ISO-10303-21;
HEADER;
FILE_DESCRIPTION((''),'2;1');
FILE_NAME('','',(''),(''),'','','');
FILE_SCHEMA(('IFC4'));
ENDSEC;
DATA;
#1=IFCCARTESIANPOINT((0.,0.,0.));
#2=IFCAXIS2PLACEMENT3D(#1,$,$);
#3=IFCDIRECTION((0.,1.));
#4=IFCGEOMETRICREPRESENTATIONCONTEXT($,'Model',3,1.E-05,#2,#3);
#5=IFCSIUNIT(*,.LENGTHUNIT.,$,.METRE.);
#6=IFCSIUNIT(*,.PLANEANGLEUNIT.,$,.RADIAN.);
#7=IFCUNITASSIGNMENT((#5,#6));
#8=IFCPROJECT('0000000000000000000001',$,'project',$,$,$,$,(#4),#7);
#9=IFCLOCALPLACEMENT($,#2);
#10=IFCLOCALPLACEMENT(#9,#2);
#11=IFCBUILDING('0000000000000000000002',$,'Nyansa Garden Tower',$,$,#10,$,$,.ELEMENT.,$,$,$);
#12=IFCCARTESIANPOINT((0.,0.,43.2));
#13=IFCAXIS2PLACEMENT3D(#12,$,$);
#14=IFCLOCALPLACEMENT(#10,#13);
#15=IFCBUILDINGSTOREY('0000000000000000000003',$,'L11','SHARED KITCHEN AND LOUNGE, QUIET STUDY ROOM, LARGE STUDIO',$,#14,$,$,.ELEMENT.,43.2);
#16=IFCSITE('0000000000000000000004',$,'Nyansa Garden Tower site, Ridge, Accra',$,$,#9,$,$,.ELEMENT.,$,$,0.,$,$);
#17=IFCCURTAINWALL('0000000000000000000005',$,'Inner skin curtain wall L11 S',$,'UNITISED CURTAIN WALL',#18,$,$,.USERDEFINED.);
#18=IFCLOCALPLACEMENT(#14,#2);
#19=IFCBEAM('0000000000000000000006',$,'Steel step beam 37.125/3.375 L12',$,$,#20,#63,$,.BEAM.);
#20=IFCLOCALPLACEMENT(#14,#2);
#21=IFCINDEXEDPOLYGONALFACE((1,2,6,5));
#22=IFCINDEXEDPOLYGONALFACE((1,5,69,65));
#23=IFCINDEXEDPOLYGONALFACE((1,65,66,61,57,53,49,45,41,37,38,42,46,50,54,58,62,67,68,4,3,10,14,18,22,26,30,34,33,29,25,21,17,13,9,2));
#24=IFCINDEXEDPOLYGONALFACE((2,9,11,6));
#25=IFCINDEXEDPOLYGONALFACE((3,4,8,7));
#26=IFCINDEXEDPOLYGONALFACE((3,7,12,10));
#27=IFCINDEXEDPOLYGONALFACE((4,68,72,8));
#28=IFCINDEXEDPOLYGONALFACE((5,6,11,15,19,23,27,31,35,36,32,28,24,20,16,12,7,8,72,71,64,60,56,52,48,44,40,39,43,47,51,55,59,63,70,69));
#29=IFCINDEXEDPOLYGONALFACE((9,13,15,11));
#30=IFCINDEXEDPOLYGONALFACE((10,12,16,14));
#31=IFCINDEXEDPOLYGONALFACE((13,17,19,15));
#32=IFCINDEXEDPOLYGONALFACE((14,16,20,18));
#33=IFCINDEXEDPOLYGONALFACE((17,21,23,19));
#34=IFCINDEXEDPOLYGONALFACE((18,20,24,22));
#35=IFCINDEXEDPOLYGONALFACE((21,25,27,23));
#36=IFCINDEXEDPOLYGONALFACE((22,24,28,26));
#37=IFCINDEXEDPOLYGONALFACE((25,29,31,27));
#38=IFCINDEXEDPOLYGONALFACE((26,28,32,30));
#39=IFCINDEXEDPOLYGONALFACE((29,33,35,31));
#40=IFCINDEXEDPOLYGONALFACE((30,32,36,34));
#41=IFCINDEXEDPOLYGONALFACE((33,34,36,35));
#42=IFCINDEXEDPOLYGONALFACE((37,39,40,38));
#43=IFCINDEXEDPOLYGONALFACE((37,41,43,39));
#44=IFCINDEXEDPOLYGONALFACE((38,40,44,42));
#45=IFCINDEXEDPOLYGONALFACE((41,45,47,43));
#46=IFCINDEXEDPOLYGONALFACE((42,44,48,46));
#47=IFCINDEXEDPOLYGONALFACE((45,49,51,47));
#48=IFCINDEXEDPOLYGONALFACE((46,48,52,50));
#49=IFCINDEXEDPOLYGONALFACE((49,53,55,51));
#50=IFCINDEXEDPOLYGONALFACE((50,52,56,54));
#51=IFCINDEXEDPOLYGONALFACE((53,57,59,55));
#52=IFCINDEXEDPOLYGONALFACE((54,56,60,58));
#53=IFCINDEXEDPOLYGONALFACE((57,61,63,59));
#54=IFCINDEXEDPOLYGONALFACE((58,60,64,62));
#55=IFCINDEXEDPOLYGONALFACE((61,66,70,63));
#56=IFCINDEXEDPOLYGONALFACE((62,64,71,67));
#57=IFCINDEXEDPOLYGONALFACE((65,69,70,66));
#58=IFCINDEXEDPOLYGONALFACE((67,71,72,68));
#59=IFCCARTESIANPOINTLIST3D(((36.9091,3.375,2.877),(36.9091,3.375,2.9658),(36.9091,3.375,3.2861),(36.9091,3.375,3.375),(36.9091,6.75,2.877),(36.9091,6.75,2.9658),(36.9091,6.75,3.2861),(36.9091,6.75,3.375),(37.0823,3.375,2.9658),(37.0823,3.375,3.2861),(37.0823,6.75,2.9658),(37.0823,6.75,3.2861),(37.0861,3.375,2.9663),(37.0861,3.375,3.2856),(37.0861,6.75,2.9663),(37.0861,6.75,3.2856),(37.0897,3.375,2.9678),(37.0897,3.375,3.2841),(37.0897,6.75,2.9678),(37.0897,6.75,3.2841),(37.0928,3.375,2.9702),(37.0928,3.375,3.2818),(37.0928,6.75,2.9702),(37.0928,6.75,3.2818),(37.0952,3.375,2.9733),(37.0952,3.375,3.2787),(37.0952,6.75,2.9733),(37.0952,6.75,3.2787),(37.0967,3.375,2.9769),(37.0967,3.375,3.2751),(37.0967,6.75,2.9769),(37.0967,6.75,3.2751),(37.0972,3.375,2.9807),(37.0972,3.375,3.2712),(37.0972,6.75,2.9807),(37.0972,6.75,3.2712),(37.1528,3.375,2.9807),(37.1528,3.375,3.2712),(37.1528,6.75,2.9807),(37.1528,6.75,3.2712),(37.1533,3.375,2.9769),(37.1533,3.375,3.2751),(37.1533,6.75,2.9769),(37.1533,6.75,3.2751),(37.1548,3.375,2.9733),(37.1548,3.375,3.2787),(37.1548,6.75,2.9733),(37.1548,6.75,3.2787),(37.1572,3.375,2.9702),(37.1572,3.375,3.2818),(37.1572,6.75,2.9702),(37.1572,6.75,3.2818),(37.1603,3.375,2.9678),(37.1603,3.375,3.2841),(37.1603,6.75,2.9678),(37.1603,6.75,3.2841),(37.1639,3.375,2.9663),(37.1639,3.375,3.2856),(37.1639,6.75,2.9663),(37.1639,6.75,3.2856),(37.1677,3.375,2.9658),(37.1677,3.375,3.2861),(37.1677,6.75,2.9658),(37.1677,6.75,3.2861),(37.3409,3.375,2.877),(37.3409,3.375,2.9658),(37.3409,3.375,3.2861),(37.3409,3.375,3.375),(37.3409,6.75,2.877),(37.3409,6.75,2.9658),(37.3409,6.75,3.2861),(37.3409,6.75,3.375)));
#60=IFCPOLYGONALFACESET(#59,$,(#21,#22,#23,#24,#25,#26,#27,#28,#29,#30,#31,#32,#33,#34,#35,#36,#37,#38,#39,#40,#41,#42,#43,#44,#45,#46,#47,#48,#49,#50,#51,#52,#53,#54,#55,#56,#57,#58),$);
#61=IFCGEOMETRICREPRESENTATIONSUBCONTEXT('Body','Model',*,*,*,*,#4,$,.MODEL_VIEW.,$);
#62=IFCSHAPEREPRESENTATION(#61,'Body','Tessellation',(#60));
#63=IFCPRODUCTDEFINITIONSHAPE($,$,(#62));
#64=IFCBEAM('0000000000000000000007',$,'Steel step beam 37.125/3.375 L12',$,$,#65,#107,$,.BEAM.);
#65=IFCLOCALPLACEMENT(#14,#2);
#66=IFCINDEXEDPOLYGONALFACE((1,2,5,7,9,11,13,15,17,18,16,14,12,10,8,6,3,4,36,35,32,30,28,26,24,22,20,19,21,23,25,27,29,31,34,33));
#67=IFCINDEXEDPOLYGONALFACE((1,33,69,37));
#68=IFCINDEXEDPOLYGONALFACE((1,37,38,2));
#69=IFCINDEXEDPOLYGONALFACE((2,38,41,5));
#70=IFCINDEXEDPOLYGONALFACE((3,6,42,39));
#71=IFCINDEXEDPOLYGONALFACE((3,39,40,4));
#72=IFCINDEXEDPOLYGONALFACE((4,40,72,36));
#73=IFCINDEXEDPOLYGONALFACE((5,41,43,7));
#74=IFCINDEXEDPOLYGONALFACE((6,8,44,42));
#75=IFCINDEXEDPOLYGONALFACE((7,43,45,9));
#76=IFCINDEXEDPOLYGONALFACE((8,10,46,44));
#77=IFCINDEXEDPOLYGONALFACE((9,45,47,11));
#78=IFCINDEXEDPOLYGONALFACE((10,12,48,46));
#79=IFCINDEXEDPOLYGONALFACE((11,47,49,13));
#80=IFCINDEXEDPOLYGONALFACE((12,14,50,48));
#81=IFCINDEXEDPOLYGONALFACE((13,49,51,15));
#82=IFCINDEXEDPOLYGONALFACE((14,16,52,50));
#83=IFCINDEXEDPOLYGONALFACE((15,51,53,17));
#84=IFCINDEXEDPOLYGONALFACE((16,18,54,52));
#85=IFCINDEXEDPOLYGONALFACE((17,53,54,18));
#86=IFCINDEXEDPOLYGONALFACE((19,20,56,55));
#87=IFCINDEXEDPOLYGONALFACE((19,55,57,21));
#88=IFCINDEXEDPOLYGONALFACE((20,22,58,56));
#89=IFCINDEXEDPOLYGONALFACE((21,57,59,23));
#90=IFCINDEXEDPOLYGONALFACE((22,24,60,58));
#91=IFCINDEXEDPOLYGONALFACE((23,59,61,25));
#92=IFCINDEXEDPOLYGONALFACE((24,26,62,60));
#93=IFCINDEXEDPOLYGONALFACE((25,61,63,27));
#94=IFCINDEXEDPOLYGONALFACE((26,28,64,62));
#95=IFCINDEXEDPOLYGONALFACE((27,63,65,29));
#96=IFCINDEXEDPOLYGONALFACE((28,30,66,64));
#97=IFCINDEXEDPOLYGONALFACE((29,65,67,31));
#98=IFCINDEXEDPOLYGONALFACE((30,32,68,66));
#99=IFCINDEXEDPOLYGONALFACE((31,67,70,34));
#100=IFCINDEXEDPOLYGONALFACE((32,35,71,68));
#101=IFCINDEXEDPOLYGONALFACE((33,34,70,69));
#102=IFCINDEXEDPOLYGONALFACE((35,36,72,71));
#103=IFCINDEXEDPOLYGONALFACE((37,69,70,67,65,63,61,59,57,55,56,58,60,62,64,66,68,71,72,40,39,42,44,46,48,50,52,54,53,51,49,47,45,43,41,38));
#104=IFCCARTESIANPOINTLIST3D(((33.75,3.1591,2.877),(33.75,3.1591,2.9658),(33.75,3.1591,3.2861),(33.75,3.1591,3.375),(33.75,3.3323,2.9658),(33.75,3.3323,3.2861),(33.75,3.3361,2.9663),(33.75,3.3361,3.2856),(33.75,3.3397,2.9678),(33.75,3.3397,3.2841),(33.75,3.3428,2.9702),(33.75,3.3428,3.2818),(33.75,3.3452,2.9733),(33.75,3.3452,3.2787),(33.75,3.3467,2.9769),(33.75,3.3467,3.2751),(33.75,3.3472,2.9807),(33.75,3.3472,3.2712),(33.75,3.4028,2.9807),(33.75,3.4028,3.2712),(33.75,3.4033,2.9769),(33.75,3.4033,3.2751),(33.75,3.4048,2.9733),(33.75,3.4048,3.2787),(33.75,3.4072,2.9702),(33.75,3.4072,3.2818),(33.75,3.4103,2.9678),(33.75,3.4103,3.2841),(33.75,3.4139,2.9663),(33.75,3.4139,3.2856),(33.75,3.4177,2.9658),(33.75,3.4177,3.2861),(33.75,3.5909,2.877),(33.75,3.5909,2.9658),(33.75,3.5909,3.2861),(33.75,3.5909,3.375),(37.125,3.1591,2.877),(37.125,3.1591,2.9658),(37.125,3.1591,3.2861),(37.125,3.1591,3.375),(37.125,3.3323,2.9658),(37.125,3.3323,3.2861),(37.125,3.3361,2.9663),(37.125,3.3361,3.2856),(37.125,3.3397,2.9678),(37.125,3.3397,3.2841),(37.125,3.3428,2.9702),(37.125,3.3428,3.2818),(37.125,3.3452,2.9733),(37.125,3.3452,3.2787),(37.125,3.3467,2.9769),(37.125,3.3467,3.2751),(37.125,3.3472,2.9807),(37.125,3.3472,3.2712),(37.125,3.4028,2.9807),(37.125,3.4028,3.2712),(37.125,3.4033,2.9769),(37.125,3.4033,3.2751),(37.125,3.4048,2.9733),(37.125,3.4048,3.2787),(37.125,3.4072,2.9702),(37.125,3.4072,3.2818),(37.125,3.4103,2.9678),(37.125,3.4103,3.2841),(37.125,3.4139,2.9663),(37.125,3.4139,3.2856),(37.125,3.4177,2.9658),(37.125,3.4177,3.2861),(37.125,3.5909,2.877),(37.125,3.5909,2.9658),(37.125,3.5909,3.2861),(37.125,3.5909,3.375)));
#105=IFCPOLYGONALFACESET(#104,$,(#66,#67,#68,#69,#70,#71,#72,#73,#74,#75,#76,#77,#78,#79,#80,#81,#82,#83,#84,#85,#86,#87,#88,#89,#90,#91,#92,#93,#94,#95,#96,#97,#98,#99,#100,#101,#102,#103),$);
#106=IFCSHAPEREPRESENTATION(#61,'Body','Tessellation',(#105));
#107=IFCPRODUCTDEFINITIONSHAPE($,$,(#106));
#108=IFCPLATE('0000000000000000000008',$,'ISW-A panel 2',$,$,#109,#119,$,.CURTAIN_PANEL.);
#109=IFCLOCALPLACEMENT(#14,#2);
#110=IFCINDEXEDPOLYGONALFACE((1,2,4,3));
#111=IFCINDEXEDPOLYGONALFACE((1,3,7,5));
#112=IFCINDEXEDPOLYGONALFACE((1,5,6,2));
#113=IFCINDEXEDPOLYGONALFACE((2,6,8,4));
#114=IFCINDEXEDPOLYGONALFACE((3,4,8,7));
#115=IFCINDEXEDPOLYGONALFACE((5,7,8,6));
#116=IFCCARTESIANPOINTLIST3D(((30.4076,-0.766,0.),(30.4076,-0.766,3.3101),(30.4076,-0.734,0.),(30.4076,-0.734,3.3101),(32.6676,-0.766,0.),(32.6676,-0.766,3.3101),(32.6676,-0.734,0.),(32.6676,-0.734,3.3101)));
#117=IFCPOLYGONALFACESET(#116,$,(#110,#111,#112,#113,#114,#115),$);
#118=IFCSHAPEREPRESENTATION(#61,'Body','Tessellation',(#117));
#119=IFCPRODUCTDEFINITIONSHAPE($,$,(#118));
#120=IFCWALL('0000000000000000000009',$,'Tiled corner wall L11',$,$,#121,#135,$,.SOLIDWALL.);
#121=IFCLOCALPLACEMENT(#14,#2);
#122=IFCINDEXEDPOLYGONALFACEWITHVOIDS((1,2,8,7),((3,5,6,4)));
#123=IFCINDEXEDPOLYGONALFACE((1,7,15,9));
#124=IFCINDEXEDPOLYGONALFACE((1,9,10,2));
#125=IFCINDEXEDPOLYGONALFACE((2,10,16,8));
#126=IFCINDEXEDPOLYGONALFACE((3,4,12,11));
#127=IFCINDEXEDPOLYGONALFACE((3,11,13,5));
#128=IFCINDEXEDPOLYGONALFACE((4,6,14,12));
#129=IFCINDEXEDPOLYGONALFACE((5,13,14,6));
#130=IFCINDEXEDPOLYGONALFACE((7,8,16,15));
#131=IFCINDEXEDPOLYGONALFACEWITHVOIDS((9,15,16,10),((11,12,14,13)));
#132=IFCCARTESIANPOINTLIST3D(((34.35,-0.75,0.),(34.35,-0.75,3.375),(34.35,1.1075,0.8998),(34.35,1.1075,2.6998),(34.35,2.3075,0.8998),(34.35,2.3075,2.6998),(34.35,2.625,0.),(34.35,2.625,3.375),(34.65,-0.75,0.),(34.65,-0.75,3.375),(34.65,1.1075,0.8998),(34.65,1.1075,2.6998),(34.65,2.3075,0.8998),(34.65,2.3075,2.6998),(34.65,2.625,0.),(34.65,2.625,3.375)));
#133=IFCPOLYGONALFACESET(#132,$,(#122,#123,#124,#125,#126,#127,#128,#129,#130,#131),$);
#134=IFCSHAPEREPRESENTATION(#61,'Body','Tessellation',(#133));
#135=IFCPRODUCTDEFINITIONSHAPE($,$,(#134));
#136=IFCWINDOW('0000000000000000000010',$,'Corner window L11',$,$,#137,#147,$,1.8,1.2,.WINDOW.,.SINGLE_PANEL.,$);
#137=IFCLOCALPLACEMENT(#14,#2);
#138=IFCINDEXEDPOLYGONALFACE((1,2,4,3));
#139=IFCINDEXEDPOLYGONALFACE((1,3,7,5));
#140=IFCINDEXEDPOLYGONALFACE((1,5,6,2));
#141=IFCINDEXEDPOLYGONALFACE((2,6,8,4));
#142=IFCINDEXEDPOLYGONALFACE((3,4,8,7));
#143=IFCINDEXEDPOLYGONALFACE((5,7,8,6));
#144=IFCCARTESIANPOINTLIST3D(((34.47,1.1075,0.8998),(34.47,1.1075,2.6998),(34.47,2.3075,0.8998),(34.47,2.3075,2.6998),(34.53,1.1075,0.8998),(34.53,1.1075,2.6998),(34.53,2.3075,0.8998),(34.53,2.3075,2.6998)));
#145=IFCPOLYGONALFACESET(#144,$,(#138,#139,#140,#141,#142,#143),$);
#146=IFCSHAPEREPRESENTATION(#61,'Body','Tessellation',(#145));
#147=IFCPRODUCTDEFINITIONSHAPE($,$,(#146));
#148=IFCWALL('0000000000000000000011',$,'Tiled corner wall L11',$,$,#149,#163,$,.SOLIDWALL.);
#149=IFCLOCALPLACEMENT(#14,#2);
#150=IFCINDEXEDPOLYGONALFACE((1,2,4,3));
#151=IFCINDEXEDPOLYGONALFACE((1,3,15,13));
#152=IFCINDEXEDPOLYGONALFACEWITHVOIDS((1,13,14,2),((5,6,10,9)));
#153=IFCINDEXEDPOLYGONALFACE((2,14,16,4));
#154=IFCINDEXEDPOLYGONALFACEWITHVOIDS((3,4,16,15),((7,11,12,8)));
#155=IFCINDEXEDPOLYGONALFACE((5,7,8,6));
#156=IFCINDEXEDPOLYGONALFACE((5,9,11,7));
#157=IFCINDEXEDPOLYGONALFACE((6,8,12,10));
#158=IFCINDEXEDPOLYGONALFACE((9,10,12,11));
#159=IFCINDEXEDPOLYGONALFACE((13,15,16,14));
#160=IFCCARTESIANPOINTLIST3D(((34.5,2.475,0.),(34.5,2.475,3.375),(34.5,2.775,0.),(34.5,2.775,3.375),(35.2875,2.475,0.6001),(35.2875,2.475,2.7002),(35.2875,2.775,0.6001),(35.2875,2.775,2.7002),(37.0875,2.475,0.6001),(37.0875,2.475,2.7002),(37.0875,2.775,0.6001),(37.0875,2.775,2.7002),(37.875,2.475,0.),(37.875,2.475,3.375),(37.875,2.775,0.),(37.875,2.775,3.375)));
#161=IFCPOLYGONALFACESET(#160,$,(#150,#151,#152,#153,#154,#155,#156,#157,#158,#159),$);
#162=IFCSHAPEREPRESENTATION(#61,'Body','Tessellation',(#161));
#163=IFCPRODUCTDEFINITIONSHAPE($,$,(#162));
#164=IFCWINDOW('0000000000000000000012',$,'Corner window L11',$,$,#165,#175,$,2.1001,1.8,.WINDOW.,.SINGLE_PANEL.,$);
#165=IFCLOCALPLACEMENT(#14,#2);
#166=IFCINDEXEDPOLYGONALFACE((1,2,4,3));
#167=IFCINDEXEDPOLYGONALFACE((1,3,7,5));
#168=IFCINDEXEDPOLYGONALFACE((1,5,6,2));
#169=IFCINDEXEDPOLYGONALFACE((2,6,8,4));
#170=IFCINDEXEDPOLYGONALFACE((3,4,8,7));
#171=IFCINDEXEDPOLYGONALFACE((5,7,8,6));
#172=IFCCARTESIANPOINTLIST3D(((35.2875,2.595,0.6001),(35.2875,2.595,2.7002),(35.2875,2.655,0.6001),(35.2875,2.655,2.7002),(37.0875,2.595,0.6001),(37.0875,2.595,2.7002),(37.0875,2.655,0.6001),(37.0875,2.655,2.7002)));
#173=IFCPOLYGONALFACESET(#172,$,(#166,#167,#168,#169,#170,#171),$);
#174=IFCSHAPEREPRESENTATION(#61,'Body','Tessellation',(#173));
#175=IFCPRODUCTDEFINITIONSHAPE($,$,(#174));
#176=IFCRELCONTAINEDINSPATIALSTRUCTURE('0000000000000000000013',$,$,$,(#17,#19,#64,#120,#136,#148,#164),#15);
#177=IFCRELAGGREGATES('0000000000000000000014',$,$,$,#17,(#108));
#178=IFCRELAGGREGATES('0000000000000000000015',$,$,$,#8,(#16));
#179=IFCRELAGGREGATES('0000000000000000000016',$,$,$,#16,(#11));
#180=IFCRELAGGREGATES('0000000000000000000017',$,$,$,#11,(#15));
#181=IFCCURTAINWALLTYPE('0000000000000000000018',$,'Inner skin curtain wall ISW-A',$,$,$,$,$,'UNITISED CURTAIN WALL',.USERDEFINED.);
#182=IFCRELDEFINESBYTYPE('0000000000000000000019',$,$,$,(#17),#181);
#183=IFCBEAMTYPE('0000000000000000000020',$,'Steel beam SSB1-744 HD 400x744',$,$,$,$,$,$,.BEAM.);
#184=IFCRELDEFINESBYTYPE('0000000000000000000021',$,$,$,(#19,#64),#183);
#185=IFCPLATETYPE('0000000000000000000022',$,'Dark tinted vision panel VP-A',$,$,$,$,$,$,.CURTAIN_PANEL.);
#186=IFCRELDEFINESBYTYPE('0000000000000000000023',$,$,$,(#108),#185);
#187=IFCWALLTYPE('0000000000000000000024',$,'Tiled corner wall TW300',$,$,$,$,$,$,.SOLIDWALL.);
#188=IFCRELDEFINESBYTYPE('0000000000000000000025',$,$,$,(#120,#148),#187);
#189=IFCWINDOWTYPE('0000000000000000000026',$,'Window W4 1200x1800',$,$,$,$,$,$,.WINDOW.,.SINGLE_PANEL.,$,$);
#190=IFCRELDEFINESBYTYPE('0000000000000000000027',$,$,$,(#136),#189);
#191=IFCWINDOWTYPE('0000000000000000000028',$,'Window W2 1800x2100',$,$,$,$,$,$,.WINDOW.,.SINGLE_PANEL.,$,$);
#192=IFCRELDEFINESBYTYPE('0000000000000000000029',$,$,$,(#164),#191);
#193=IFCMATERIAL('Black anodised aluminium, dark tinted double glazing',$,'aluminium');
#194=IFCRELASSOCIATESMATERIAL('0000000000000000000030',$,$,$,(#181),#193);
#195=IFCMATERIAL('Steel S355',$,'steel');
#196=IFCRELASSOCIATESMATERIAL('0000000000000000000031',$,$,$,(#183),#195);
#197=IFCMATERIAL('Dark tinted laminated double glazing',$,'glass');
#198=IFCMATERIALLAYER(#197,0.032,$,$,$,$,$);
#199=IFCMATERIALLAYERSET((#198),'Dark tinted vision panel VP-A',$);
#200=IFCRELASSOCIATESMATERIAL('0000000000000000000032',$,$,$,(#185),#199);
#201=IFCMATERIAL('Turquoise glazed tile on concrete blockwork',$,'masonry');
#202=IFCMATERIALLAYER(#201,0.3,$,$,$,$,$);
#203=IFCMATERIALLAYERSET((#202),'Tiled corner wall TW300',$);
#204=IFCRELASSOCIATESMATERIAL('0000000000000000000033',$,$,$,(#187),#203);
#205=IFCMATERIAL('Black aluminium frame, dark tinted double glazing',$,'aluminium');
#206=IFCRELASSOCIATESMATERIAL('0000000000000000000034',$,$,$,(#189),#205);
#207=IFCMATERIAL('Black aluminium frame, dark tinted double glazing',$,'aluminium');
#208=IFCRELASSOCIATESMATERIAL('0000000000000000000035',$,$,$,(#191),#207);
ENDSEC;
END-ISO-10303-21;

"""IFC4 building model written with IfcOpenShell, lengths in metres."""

from ifc_helpers import new_model, si_unit, direction, frame, frame_2d, origin, origin_2d, place, context, subcontext, project, spatial, rectangle, i_section, extrude, material, layer, layer_set, material_profile, profile_set, type_object, element, fill, aggregate, save


model = new_model("IFC4")

# Units and contexts
model_context = context("Model", 3, precision=1e-05, world=origin(), true_north=direction((0.0, 1.0)))
body_context = subcontext(model_context, "Body", "Model", "MODEL_VIEW")
ifc_project = project(units=[si_unit("LENGTHUNIT", "METRE"), si_unit("PLANEANGLEUNIT", "RADIAN")], contexts=[model_context])

# Site, building, storey
site_placement = place(None, origin())
site = spatial("IfcSite", under=ifc_project, at=site_placement, Name="Nyansa Garden Tower site, Ridge, Accra", CompositionType="ELEMENT", RefElevation=0.0)
building_placement = place(site_placement, origin())
building = spatial("IfcBuilding", under=site, at=building_placement, Name="Nyansa Garden Tower", CompositionType="ELEMENT")
storey_placement = place(building_placement, frame((0.0, 0.0, 43.2)))
storey = spatial("IfcBuildingStorey", under=building, at=storey_placement, Name="L11", Description="SHARED KITCHEN AND LOUNGE, QUIET STUDY ROOM, LARGE STUDIO", CompositionType="ELEMENT", Elevation=43.2)

# Curtain wall
ifc_material_1 = material(Name="Black anodised aluminium, dark tinted double glazing", Category="aluminium")
curtain_wall_type = type_object("IfcCurtainWallType", Name="Inner skin curtain wall ISW-A", ElementType="UNITISED CURTAIN WALL", PredefinedType="USERDEFINED", material=ifc_material_1)
curtain_wall_placement = place(storey_placement, origin())
curtain_wall = element("IfcCurtainWall", 1, at=curtain_wall_placement, inside=storey, type_object=curtain_wall_type, Name="Inner skin curtain wall L11 S", ObjectType="UNITISED CURTAIN WALL", PredefinedType="USERDEFINED")

# Beams
ifc_material_2 = material(Name="Steel S355", Category="steel")
ifc_material_profile_1 = material_profile(ifc_material_2, i_section(OverallWidth=0.4319, OverallDepth=0.498, WebThickness=0.0557, FlangeThickness=0.0889, FilletRadius=0.0149, at=origin_2d()), Name="HD 400x744")
ifc_profile_set_1 = profile_set([ifc_material_profile_1], Name="Steel S355")
beam_type_1 = type_object("IfcBeamType", Name="Steel beam SSB1-744 HD 400x744", PredefinedType="BEAM", material=ifc_profile_set_1)
for number, where, z_axis, x_axis, name in (
    (2, (37.125, 3.375, 3.126), (0.0, 1.0, 0.0), (-1.0, 0.0, 0.0), "Steel step beam 37.125/3.375 L12"),
    (3, (37.125, 3.375, 3.126), (-1.0, 0.0, 0.0), (0.0, -1.0, 0.0), "Steel step beam 37.125/3.375 L12"),
):
    element("IfcBeam", number, at=place(storey_placement, frame(where, z_axis=z_axis, x_axis=x_axis)), inside=storey, type_object=beam_type_1, Name=name, PredefinedType="BEAM", context=body_context, shape_type="SweptSolid", body=[
        extrude(i_section(OverallWidth=0.4319, OverallDepth=0.498, WebThickness=0.0557, FlangeThickness=0.0889, FilletRadius=0.0149, at=origin_2d()), origin(), (0.0, 0.0, 1.0), 3.375),
    ])

# Plate
ifc_material_3 = material(Name="Dark tinted laminated double glazing", Category="glass")
ifc_layer_1 = layer(ifc_material_3, 0.032)
ifc_layer_set_1 = layer_set([ifc_layer_1], Name="Dark tinted vision panel VP-A")
plate_type = type_object("IfcPlateType", Name="Dark tinted vision panel VP-A", PredefinedType="CURTAIN_PANEL", material=ifc_layer_set_1)
plate_placement = place(storey_placement, frame((31.5376, -0.75, 0.0), z_axis=(0.0, 0.0, 1.0), x_axis=(1.0, 0.0, 0.0)))
plate = element("IfcPlate", 4, at=plate_placement, type_object=plate_type, Name="ISW-A panel 2", PredefinedType="CURTAIN_PANEL", context=body_context, shape_type="SweptSolid", body=[
    extrude(rectangle(XDim=2.26, YDim=0.032, at=origin_2d()), origin(), (0.0, 0.0, 1.0), 3.3101),
])
aggregate(curtain_wall, [plate])

# Walls, openings, windows
ifc_material_4 = material(Name="Turquoise glazed tile on concrete blockwork", Category="masonry")
ifc_layer_2 = layer(ifc_material_4, 0.3)
ifc_layer_set_2 = layer_set([ifc_layer_2], Name="Tiled corner wall TW300")
wall_type = type_object("IfcWallType", Name="Tiled corner wall TW300", PredefinedType="SOLIDWALL", material=ifc_layer_set_2)
wall_1_placement = place(storey_placement, frame((34.5, -0.75, 0.0), z_axis=(0.0, 0.0, 1.0), x_axis=(0.0, 1.0, 0.0)))
wall_1 = element("IfcWall", 5, at=wall_1_placement, inside=storey, type_object=wall_type, Name="Tiled corner wall L11", PredefinedType="SOLIDWALL", context=body_context, shape_type="SweptSolid", body=[
    extrude(rectangle(XDim=3.375, YDim=0.3, at=frame_2d((1.6875, 0.0))), origin(), (0.0, 0.0, 1.0), 3.375),
])
opening_1_placement = place(wall_1_placement, frame((1.8574, 0.0, 0.8999)))
opening_1 = element("IfcOpeningElement", 6, at=opening_1_placement, cuts=wall_1, PredefinedType="OPENING", context=body_context, shape_type="SweptSolid", body=[
    extrude(rectangle(XDim=1.2, YDim=1.8, at=frame_2d((0.6001, 0.8999))), frame((0.0, 0.1599, 0.0), z_axis=(0.0, -1.0, 0.0), x_axis=(1.0, 0.0, 0.0)), (0.0, 0.0, 1.0), 0.3201),
])
ifc_material_5 = material(Name="Black aluminium frame, dark tinted double glazing", Category="aluminium")
window_type_1 = type_object("IfcWindowType", Name="Window W4 1200x1800", PartitioningType="SINGLE_PANEL", PredefinedType="WINDOW", material=ifc_material_5)
window_1_placement = place(opening_1_placement, origin())
window_1 = element("IfcWindow", 7, at=window_1_placement, inside=storey, type_object=window_type_1, Name="Corner window L11", OverallHeight=1.8, OverallWidth=1.2, PartitioningType="SINGLE_PANEL", PredefinedType="WINDOW", context=body_context, shape_type="SweptSolid", body=[
    extrude(rectangle(XDim=1.2, YDim=1.8, at=frame_2d((0.6001, 0.8999))), frame((0.0, 0.03, 0.0), z_axis=(0.0, -1.0, 0.0), x_axis=(1.0, 0.0, 0.0)), (0.0, 0.0, 1.0), 0.0601),
])
fill(opening_1, window_1)
wall_2_placement = place(storey_placement, frame((34.5, 2.625, 0.0), z_axis=(0.0, 0.0, 1.0), x_axis=(1.0, 0.0, 0.0)))
wall_2 = element("IfcWall", 8, at=wall_2_placement, inside=storey, type_object=wall_type, Name="Tiled corner wall L11", PredefinedType="SOLIDWALL", context=body_context, shape_type="SweptSolid", body=[
    extrude(rectangle(XDim=3.375, YDim=0.3, at=frame_2d((1.6875, 0.0))), origin(), (0.0, 0.0, 1.0), 3.375),
])
opening_2_placement = place(wall_2_placement, frame((0.7876, 0.0, 0.6001)))
opening_2 = element("IfcOpeningElement", 9, at=opening_2_placement, cuts=wall_2, PredefinedType="OPENING", context=body_context, shape_type="SweptSolid", body=[
    extrude(rectangle(XDim=1.8, YDim=2.1001, at=frame_2d((0.8999, 1.05))), frame((0.0, 0.1599, 0.0), z_axis=(0.0, -1.0, 0.0), x_axis=(1.0, 0.0, 0.0)), (0.0, 0.0, 1.0), 0.3201),
])
ifc_material_6 = material(Name="Black aluminium frame, dark tinted double glazing", Category="aluminium")
window_type_2 = type_object("IfcWindowType", Name="Window W2 1800x2100", PartitioningType="SINGLE_PANEL", PredefinedType="WINDOW", material=ifc_material_6)
window_2_placement = place(opening_2_placement, origin())
window_2 = element("IfcWindow", 10, at=window_2_placement, inside=storey, type_object=window_type_2, Name="Corner window L11", OverallHeight=2.1001, OverallWidth=1.8, PartitioningType="SINGLE_PANEL", PredefinedType="WINDOW", context=body_context, shape_type="SweptSolid", body=[
    extrude(rectangle(XDim=1.8, YDim=2.1001, at=frame_2d((0.8999, 1.05))), frame((0.0, 0.03, 0.0), z_axis=(0.0, -1.0, 0.0), x_axis=(1.0, 0.0, 0.0)), (0.0, 0.0, 1.0), 0.0601),
])
fill(opening_2, window_2)

save(model, "model.ifc")
